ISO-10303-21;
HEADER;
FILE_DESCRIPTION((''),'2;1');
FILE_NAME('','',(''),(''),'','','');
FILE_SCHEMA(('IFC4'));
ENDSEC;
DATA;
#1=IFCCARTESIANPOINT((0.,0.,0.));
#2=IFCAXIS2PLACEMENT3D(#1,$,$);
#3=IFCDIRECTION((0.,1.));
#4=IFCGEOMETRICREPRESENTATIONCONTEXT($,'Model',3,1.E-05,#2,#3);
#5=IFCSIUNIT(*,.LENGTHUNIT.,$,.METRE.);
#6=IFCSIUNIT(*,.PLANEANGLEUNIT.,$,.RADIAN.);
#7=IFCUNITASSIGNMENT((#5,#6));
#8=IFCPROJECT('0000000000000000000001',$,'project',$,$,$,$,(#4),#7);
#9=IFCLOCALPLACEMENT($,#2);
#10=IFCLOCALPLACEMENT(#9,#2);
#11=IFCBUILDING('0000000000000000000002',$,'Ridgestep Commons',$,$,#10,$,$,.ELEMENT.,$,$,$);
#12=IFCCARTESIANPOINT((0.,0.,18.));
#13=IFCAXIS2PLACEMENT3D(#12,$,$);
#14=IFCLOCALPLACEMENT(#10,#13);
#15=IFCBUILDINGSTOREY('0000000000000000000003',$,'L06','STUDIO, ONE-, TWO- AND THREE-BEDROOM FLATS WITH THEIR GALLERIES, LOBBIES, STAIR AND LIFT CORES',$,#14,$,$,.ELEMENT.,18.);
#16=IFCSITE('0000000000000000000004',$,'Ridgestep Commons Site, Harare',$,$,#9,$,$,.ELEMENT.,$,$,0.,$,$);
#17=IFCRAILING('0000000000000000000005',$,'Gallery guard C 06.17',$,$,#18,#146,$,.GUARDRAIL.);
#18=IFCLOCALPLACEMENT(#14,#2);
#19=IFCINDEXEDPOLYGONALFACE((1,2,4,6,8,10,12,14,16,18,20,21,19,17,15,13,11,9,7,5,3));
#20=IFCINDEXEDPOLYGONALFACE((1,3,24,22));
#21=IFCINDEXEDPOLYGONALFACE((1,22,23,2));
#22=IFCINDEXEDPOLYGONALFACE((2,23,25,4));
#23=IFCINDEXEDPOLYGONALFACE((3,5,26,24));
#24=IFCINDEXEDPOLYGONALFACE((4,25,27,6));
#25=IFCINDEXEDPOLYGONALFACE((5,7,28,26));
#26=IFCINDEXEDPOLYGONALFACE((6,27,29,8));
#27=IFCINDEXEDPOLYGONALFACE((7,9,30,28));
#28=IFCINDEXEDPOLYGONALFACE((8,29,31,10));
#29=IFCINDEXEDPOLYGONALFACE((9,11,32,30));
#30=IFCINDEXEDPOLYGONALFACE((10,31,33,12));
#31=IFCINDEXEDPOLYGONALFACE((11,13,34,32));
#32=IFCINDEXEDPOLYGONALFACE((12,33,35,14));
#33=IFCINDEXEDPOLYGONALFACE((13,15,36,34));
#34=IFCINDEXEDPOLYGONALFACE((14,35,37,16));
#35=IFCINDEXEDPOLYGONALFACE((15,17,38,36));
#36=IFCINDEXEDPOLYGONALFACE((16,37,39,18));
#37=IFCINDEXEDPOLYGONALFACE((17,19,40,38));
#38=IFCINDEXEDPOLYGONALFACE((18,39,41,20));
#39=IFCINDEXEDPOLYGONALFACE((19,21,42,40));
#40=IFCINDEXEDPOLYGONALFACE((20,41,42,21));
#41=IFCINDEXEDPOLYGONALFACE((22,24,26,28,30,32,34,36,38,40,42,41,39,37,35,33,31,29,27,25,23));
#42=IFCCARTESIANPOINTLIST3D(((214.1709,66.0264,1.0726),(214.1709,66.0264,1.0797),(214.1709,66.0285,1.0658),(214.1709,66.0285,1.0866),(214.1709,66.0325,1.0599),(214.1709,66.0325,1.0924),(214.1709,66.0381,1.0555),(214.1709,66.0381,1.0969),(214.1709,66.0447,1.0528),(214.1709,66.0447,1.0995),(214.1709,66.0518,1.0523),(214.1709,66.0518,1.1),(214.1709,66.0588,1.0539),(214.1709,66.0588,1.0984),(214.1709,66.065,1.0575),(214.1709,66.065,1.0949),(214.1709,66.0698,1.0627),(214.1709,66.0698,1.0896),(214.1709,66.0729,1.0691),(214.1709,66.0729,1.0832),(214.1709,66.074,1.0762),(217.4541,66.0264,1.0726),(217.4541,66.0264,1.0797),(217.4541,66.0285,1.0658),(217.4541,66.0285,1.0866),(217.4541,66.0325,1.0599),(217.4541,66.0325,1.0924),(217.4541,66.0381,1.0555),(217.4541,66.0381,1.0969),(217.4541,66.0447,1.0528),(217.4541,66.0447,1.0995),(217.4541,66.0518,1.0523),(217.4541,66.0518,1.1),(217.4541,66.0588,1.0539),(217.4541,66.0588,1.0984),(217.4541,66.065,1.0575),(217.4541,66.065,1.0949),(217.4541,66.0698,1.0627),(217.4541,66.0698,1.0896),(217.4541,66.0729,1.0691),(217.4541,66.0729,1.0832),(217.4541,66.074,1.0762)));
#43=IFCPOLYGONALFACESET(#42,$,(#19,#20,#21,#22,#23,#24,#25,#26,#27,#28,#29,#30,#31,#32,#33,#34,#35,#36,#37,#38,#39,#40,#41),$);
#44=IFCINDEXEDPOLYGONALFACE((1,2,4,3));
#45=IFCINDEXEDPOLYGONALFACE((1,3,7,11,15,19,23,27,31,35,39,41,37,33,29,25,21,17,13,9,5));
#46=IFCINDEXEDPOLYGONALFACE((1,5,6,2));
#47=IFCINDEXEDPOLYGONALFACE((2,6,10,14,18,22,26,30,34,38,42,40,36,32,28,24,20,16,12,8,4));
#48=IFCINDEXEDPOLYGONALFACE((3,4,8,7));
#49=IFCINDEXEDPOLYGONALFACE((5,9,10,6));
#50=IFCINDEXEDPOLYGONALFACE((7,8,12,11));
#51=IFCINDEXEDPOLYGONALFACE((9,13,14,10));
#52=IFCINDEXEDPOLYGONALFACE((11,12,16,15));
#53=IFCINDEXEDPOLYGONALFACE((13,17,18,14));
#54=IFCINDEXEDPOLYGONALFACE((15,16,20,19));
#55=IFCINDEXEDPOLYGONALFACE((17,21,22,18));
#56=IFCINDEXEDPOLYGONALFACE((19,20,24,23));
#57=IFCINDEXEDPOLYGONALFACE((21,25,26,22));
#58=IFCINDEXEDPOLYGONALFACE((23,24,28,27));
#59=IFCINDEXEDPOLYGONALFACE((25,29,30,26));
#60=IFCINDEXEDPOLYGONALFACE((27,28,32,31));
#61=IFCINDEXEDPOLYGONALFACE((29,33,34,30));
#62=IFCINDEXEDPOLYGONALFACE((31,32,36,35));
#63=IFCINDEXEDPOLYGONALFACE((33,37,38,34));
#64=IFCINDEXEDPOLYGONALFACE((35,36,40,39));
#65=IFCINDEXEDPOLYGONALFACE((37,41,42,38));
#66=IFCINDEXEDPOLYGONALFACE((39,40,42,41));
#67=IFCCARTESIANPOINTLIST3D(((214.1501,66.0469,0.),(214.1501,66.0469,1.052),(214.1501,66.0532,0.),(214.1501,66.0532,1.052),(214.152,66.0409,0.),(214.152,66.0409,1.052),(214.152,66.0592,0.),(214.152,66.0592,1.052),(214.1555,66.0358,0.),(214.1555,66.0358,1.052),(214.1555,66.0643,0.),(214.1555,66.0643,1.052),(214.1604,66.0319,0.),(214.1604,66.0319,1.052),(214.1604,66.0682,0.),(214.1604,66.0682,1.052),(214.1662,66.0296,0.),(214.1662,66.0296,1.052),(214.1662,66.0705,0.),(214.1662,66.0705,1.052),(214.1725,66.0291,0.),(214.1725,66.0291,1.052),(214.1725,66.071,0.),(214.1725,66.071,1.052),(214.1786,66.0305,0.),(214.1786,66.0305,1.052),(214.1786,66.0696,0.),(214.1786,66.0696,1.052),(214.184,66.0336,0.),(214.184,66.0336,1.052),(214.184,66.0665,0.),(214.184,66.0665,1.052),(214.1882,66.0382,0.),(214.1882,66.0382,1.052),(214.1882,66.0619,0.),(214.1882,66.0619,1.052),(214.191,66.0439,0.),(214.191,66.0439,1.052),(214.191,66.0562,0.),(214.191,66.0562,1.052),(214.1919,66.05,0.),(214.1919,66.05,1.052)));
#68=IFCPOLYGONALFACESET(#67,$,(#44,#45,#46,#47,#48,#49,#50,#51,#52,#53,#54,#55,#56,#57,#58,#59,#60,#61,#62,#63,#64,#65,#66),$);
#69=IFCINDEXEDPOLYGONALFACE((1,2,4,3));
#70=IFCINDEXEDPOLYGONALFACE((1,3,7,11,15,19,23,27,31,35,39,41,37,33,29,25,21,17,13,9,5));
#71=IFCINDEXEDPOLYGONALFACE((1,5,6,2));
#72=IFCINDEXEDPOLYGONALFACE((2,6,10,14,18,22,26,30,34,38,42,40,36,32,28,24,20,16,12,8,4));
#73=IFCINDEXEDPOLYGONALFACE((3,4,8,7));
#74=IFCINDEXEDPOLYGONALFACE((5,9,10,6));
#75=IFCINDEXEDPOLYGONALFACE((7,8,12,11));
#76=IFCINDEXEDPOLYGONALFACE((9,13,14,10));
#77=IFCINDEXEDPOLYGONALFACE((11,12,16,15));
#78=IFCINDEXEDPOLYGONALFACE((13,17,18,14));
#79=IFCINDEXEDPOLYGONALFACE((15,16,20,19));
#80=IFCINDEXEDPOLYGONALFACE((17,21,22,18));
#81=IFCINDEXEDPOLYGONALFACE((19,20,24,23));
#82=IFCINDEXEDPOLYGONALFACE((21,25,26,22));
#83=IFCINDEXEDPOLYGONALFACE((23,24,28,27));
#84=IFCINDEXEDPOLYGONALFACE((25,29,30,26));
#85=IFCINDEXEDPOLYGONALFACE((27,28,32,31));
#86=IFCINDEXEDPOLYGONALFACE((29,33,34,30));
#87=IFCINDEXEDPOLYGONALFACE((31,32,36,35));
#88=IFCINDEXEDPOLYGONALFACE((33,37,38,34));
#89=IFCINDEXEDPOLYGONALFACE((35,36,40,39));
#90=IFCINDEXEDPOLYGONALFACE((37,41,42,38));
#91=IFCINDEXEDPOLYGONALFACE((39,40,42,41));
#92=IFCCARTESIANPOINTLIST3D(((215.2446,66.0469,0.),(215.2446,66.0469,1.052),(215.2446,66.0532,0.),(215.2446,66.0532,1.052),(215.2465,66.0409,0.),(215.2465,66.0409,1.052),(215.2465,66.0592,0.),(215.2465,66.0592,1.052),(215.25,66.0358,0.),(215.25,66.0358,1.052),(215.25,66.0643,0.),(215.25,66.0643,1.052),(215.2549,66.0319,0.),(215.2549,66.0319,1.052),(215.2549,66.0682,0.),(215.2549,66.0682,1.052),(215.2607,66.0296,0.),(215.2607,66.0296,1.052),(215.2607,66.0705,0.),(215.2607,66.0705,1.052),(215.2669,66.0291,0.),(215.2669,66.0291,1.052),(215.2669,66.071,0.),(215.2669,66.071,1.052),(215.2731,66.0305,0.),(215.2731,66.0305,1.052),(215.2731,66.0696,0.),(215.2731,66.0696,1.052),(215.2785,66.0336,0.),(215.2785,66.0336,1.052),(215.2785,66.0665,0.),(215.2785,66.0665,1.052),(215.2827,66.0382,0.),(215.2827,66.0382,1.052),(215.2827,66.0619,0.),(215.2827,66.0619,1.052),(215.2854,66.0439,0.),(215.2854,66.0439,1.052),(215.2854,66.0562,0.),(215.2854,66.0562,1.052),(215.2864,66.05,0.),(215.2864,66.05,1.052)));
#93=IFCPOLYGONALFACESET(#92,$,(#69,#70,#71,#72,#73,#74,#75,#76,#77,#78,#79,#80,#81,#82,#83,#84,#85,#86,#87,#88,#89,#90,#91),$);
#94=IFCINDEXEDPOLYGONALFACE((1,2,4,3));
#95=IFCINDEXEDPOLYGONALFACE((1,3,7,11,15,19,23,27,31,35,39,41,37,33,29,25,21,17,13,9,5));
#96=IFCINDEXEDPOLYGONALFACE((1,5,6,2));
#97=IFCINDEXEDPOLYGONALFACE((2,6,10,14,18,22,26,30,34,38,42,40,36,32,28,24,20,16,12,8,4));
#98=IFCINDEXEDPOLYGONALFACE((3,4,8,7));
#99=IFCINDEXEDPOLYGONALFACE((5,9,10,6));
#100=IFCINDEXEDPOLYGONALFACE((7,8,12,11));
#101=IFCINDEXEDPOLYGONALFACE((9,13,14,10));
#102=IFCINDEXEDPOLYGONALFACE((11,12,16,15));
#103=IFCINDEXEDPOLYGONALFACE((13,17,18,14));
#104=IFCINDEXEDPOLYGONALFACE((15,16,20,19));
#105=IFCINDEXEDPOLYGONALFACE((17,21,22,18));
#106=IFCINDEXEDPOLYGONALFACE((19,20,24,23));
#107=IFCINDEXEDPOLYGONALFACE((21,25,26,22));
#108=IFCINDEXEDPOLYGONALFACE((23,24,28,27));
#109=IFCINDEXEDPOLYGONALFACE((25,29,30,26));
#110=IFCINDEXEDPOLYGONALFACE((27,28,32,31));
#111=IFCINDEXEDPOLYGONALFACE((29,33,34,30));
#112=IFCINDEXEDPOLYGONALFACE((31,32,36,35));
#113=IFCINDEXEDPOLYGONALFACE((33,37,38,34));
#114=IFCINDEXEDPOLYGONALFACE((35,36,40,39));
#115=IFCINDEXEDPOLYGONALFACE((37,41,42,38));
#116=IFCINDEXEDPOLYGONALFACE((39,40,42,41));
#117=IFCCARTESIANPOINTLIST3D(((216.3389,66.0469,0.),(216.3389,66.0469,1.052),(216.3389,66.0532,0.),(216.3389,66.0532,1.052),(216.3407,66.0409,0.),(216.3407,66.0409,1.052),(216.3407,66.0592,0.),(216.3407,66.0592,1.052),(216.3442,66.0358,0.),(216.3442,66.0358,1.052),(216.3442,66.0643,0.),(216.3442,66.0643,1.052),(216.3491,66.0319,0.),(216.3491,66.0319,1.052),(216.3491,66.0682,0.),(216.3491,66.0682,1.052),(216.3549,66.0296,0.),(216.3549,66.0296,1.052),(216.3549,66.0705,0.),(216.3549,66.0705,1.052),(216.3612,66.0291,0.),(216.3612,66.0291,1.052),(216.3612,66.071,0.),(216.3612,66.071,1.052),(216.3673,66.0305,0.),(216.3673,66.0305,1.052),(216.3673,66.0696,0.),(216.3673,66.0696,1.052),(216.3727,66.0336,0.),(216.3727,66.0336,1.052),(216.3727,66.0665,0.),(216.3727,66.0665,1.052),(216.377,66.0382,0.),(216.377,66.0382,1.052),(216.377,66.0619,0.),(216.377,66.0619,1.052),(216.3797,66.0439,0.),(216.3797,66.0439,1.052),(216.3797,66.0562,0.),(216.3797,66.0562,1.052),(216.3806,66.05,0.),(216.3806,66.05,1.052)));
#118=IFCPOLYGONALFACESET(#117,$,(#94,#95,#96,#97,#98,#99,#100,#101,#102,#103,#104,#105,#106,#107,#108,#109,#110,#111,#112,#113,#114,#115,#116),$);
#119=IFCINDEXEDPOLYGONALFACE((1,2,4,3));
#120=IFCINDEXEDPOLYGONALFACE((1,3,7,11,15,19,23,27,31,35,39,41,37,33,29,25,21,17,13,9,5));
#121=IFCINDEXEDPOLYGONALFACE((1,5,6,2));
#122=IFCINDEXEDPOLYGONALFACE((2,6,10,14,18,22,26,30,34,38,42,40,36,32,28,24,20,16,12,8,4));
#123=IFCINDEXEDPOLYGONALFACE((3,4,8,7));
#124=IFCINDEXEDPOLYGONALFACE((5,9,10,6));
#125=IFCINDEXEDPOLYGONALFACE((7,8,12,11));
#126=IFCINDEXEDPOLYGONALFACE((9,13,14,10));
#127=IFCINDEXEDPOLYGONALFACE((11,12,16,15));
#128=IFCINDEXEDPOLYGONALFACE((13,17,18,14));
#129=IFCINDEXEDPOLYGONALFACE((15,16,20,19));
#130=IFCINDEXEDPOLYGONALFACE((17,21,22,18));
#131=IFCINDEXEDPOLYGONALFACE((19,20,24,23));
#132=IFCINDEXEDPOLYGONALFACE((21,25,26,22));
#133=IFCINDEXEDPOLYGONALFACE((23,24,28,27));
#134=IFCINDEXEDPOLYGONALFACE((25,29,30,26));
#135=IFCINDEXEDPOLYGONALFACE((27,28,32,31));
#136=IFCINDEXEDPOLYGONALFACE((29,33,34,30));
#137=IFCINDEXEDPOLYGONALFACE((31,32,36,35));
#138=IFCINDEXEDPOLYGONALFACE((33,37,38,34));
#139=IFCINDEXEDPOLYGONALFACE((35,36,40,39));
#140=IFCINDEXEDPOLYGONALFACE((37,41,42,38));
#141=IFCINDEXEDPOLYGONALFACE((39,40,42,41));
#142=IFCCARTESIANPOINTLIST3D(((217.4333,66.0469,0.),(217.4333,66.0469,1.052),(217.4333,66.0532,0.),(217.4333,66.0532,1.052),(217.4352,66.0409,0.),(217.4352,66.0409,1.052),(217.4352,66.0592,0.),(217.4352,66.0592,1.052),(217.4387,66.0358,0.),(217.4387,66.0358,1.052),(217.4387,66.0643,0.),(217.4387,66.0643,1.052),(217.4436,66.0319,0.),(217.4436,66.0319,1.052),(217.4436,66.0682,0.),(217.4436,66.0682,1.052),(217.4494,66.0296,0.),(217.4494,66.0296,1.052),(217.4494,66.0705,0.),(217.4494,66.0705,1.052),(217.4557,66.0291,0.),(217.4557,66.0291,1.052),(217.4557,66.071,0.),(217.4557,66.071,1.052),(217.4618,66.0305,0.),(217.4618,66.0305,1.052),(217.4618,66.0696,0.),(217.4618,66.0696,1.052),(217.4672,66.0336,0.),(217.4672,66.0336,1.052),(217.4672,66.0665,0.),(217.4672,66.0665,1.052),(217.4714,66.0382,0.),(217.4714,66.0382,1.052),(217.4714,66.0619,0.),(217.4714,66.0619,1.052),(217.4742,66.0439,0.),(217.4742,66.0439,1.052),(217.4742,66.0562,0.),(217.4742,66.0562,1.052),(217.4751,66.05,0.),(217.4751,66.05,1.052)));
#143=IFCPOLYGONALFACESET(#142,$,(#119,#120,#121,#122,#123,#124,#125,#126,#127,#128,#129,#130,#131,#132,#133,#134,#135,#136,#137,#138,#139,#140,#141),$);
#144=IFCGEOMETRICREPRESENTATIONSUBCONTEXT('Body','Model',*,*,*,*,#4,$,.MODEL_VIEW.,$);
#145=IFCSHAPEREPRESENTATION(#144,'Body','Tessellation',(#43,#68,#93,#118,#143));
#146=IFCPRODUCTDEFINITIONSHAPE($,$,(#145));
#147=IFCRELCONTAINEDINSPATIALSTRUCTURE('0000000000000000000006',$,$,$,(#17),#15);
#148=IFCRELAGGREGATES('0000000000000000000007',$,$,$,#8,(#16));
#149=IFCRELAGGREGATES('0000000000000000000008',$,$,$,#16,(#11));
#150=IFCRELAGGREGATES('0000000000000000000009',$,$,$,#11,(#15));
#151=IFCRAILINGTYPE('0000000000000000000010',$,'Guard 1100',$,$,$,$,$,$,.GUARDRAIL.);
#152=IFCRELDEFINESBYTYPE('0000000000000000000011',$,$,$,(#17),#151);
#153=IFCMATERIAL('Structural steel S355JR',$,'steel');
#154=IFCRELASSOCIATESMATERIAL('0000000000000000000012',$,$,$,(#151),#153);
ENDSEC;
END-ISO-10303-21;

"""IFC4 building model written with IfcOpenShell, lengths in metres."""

from ifc_helpers import new_model, si_unit, direction, frame, origin, origin_2d, place, context, subcontext, project, spatial, circle, extrude, material, type_object, element, save


model = new_model("IFC4")

# Units and contexts
model_context = context("Model", 3, precision=1e-05, world=origin(), true_north=direction((0.0, 1.0)))
body_context = subcontext(model_context, "Body", "Model", "MODEL_VIEW")
ifc_project = project(units=[si_unit("LENGTHUNIT", "METRE"), si_unit("PLANEANGLEUNIT", "RADIAN")], contexts=[model_context])

# Site, building, storey
site_placement = place(None, origin())
site = spatial("IfcSite", under=ifc_project, at=site_placement, Name="Ridgestep Commons Site, Harare", CompositionType="ELEMENT", RefElevation=0.0)
building_placement = place(site_placement, origin())
building = spatial("IfcBuilding", under=site, at=building_placement, Name="Ridgestep Commons", CompositionType="ELEMENT")
storey_placement = place(building_placement, frame((0.0, 0.0, 18.0)))
storey = spatial("IfcBuildingStorey", under=building, at=storey_placement, Name="L06", Description="STUDIO, ONE-, TWO- AND THREE-BEDROOM FLATS WITH THEIR GALLERIES, LOBBIES, STAIR AND LIFT CORES", CompositionType="ELEMENT", Elevation=18.0)

# Railing
ifc_material_1 = material(Name="Structural steel S355JR", Category="steel")
railing_type = type_object("IfcRailingType", Name="Guard 1100", PredefinedType="GUARDRAIL", material=ifc_material_1)
for number, where, name in (
    (1, (214.1709, 66.05, 0.0), "Gallery guard C 06.17"),
):
    element("IfcRailing", number, at=place(storey_placement, frame(where)), inside=storey, type_object=railing_type, Name=name, PredefinedType="GUARDRAIL", context=body_context, shape_type="SweptSolid", body=[
        extrude(circle(Radius=0.0239, at=origin_2d()), frame((0.0, 0.0, 1.0762), z_axis=(1.0, 0.0, 0.0), x_axis=(0.0, 1.0, 0.0)), (0.0, 0.0, 1.0), 3.2832),
        extrude(circle(Radius=0.021, at=origin_2d()), origin(), (0.0, 0.0, 1.0), 1.052),
        extrude(circle(Radius=0.021, at=origin_2d()), frame((1.0945, 0.0, 0.0)), (0.0, 0.0, 1.0), 1.052),
        extrude(circle(Radius=0.021, at=origin_2d()), frame((2.1887, 0.0, 0.0)), (0.0, 0.0, 1.0), 1.052),
        extrude(circle(Radius=0.021, at=origin_2d()), frame((3.2832, 0.0, 0.0)), (0.0, 0.0, 1.0), 1.052),
    ])

save(model, "model.ifc")
